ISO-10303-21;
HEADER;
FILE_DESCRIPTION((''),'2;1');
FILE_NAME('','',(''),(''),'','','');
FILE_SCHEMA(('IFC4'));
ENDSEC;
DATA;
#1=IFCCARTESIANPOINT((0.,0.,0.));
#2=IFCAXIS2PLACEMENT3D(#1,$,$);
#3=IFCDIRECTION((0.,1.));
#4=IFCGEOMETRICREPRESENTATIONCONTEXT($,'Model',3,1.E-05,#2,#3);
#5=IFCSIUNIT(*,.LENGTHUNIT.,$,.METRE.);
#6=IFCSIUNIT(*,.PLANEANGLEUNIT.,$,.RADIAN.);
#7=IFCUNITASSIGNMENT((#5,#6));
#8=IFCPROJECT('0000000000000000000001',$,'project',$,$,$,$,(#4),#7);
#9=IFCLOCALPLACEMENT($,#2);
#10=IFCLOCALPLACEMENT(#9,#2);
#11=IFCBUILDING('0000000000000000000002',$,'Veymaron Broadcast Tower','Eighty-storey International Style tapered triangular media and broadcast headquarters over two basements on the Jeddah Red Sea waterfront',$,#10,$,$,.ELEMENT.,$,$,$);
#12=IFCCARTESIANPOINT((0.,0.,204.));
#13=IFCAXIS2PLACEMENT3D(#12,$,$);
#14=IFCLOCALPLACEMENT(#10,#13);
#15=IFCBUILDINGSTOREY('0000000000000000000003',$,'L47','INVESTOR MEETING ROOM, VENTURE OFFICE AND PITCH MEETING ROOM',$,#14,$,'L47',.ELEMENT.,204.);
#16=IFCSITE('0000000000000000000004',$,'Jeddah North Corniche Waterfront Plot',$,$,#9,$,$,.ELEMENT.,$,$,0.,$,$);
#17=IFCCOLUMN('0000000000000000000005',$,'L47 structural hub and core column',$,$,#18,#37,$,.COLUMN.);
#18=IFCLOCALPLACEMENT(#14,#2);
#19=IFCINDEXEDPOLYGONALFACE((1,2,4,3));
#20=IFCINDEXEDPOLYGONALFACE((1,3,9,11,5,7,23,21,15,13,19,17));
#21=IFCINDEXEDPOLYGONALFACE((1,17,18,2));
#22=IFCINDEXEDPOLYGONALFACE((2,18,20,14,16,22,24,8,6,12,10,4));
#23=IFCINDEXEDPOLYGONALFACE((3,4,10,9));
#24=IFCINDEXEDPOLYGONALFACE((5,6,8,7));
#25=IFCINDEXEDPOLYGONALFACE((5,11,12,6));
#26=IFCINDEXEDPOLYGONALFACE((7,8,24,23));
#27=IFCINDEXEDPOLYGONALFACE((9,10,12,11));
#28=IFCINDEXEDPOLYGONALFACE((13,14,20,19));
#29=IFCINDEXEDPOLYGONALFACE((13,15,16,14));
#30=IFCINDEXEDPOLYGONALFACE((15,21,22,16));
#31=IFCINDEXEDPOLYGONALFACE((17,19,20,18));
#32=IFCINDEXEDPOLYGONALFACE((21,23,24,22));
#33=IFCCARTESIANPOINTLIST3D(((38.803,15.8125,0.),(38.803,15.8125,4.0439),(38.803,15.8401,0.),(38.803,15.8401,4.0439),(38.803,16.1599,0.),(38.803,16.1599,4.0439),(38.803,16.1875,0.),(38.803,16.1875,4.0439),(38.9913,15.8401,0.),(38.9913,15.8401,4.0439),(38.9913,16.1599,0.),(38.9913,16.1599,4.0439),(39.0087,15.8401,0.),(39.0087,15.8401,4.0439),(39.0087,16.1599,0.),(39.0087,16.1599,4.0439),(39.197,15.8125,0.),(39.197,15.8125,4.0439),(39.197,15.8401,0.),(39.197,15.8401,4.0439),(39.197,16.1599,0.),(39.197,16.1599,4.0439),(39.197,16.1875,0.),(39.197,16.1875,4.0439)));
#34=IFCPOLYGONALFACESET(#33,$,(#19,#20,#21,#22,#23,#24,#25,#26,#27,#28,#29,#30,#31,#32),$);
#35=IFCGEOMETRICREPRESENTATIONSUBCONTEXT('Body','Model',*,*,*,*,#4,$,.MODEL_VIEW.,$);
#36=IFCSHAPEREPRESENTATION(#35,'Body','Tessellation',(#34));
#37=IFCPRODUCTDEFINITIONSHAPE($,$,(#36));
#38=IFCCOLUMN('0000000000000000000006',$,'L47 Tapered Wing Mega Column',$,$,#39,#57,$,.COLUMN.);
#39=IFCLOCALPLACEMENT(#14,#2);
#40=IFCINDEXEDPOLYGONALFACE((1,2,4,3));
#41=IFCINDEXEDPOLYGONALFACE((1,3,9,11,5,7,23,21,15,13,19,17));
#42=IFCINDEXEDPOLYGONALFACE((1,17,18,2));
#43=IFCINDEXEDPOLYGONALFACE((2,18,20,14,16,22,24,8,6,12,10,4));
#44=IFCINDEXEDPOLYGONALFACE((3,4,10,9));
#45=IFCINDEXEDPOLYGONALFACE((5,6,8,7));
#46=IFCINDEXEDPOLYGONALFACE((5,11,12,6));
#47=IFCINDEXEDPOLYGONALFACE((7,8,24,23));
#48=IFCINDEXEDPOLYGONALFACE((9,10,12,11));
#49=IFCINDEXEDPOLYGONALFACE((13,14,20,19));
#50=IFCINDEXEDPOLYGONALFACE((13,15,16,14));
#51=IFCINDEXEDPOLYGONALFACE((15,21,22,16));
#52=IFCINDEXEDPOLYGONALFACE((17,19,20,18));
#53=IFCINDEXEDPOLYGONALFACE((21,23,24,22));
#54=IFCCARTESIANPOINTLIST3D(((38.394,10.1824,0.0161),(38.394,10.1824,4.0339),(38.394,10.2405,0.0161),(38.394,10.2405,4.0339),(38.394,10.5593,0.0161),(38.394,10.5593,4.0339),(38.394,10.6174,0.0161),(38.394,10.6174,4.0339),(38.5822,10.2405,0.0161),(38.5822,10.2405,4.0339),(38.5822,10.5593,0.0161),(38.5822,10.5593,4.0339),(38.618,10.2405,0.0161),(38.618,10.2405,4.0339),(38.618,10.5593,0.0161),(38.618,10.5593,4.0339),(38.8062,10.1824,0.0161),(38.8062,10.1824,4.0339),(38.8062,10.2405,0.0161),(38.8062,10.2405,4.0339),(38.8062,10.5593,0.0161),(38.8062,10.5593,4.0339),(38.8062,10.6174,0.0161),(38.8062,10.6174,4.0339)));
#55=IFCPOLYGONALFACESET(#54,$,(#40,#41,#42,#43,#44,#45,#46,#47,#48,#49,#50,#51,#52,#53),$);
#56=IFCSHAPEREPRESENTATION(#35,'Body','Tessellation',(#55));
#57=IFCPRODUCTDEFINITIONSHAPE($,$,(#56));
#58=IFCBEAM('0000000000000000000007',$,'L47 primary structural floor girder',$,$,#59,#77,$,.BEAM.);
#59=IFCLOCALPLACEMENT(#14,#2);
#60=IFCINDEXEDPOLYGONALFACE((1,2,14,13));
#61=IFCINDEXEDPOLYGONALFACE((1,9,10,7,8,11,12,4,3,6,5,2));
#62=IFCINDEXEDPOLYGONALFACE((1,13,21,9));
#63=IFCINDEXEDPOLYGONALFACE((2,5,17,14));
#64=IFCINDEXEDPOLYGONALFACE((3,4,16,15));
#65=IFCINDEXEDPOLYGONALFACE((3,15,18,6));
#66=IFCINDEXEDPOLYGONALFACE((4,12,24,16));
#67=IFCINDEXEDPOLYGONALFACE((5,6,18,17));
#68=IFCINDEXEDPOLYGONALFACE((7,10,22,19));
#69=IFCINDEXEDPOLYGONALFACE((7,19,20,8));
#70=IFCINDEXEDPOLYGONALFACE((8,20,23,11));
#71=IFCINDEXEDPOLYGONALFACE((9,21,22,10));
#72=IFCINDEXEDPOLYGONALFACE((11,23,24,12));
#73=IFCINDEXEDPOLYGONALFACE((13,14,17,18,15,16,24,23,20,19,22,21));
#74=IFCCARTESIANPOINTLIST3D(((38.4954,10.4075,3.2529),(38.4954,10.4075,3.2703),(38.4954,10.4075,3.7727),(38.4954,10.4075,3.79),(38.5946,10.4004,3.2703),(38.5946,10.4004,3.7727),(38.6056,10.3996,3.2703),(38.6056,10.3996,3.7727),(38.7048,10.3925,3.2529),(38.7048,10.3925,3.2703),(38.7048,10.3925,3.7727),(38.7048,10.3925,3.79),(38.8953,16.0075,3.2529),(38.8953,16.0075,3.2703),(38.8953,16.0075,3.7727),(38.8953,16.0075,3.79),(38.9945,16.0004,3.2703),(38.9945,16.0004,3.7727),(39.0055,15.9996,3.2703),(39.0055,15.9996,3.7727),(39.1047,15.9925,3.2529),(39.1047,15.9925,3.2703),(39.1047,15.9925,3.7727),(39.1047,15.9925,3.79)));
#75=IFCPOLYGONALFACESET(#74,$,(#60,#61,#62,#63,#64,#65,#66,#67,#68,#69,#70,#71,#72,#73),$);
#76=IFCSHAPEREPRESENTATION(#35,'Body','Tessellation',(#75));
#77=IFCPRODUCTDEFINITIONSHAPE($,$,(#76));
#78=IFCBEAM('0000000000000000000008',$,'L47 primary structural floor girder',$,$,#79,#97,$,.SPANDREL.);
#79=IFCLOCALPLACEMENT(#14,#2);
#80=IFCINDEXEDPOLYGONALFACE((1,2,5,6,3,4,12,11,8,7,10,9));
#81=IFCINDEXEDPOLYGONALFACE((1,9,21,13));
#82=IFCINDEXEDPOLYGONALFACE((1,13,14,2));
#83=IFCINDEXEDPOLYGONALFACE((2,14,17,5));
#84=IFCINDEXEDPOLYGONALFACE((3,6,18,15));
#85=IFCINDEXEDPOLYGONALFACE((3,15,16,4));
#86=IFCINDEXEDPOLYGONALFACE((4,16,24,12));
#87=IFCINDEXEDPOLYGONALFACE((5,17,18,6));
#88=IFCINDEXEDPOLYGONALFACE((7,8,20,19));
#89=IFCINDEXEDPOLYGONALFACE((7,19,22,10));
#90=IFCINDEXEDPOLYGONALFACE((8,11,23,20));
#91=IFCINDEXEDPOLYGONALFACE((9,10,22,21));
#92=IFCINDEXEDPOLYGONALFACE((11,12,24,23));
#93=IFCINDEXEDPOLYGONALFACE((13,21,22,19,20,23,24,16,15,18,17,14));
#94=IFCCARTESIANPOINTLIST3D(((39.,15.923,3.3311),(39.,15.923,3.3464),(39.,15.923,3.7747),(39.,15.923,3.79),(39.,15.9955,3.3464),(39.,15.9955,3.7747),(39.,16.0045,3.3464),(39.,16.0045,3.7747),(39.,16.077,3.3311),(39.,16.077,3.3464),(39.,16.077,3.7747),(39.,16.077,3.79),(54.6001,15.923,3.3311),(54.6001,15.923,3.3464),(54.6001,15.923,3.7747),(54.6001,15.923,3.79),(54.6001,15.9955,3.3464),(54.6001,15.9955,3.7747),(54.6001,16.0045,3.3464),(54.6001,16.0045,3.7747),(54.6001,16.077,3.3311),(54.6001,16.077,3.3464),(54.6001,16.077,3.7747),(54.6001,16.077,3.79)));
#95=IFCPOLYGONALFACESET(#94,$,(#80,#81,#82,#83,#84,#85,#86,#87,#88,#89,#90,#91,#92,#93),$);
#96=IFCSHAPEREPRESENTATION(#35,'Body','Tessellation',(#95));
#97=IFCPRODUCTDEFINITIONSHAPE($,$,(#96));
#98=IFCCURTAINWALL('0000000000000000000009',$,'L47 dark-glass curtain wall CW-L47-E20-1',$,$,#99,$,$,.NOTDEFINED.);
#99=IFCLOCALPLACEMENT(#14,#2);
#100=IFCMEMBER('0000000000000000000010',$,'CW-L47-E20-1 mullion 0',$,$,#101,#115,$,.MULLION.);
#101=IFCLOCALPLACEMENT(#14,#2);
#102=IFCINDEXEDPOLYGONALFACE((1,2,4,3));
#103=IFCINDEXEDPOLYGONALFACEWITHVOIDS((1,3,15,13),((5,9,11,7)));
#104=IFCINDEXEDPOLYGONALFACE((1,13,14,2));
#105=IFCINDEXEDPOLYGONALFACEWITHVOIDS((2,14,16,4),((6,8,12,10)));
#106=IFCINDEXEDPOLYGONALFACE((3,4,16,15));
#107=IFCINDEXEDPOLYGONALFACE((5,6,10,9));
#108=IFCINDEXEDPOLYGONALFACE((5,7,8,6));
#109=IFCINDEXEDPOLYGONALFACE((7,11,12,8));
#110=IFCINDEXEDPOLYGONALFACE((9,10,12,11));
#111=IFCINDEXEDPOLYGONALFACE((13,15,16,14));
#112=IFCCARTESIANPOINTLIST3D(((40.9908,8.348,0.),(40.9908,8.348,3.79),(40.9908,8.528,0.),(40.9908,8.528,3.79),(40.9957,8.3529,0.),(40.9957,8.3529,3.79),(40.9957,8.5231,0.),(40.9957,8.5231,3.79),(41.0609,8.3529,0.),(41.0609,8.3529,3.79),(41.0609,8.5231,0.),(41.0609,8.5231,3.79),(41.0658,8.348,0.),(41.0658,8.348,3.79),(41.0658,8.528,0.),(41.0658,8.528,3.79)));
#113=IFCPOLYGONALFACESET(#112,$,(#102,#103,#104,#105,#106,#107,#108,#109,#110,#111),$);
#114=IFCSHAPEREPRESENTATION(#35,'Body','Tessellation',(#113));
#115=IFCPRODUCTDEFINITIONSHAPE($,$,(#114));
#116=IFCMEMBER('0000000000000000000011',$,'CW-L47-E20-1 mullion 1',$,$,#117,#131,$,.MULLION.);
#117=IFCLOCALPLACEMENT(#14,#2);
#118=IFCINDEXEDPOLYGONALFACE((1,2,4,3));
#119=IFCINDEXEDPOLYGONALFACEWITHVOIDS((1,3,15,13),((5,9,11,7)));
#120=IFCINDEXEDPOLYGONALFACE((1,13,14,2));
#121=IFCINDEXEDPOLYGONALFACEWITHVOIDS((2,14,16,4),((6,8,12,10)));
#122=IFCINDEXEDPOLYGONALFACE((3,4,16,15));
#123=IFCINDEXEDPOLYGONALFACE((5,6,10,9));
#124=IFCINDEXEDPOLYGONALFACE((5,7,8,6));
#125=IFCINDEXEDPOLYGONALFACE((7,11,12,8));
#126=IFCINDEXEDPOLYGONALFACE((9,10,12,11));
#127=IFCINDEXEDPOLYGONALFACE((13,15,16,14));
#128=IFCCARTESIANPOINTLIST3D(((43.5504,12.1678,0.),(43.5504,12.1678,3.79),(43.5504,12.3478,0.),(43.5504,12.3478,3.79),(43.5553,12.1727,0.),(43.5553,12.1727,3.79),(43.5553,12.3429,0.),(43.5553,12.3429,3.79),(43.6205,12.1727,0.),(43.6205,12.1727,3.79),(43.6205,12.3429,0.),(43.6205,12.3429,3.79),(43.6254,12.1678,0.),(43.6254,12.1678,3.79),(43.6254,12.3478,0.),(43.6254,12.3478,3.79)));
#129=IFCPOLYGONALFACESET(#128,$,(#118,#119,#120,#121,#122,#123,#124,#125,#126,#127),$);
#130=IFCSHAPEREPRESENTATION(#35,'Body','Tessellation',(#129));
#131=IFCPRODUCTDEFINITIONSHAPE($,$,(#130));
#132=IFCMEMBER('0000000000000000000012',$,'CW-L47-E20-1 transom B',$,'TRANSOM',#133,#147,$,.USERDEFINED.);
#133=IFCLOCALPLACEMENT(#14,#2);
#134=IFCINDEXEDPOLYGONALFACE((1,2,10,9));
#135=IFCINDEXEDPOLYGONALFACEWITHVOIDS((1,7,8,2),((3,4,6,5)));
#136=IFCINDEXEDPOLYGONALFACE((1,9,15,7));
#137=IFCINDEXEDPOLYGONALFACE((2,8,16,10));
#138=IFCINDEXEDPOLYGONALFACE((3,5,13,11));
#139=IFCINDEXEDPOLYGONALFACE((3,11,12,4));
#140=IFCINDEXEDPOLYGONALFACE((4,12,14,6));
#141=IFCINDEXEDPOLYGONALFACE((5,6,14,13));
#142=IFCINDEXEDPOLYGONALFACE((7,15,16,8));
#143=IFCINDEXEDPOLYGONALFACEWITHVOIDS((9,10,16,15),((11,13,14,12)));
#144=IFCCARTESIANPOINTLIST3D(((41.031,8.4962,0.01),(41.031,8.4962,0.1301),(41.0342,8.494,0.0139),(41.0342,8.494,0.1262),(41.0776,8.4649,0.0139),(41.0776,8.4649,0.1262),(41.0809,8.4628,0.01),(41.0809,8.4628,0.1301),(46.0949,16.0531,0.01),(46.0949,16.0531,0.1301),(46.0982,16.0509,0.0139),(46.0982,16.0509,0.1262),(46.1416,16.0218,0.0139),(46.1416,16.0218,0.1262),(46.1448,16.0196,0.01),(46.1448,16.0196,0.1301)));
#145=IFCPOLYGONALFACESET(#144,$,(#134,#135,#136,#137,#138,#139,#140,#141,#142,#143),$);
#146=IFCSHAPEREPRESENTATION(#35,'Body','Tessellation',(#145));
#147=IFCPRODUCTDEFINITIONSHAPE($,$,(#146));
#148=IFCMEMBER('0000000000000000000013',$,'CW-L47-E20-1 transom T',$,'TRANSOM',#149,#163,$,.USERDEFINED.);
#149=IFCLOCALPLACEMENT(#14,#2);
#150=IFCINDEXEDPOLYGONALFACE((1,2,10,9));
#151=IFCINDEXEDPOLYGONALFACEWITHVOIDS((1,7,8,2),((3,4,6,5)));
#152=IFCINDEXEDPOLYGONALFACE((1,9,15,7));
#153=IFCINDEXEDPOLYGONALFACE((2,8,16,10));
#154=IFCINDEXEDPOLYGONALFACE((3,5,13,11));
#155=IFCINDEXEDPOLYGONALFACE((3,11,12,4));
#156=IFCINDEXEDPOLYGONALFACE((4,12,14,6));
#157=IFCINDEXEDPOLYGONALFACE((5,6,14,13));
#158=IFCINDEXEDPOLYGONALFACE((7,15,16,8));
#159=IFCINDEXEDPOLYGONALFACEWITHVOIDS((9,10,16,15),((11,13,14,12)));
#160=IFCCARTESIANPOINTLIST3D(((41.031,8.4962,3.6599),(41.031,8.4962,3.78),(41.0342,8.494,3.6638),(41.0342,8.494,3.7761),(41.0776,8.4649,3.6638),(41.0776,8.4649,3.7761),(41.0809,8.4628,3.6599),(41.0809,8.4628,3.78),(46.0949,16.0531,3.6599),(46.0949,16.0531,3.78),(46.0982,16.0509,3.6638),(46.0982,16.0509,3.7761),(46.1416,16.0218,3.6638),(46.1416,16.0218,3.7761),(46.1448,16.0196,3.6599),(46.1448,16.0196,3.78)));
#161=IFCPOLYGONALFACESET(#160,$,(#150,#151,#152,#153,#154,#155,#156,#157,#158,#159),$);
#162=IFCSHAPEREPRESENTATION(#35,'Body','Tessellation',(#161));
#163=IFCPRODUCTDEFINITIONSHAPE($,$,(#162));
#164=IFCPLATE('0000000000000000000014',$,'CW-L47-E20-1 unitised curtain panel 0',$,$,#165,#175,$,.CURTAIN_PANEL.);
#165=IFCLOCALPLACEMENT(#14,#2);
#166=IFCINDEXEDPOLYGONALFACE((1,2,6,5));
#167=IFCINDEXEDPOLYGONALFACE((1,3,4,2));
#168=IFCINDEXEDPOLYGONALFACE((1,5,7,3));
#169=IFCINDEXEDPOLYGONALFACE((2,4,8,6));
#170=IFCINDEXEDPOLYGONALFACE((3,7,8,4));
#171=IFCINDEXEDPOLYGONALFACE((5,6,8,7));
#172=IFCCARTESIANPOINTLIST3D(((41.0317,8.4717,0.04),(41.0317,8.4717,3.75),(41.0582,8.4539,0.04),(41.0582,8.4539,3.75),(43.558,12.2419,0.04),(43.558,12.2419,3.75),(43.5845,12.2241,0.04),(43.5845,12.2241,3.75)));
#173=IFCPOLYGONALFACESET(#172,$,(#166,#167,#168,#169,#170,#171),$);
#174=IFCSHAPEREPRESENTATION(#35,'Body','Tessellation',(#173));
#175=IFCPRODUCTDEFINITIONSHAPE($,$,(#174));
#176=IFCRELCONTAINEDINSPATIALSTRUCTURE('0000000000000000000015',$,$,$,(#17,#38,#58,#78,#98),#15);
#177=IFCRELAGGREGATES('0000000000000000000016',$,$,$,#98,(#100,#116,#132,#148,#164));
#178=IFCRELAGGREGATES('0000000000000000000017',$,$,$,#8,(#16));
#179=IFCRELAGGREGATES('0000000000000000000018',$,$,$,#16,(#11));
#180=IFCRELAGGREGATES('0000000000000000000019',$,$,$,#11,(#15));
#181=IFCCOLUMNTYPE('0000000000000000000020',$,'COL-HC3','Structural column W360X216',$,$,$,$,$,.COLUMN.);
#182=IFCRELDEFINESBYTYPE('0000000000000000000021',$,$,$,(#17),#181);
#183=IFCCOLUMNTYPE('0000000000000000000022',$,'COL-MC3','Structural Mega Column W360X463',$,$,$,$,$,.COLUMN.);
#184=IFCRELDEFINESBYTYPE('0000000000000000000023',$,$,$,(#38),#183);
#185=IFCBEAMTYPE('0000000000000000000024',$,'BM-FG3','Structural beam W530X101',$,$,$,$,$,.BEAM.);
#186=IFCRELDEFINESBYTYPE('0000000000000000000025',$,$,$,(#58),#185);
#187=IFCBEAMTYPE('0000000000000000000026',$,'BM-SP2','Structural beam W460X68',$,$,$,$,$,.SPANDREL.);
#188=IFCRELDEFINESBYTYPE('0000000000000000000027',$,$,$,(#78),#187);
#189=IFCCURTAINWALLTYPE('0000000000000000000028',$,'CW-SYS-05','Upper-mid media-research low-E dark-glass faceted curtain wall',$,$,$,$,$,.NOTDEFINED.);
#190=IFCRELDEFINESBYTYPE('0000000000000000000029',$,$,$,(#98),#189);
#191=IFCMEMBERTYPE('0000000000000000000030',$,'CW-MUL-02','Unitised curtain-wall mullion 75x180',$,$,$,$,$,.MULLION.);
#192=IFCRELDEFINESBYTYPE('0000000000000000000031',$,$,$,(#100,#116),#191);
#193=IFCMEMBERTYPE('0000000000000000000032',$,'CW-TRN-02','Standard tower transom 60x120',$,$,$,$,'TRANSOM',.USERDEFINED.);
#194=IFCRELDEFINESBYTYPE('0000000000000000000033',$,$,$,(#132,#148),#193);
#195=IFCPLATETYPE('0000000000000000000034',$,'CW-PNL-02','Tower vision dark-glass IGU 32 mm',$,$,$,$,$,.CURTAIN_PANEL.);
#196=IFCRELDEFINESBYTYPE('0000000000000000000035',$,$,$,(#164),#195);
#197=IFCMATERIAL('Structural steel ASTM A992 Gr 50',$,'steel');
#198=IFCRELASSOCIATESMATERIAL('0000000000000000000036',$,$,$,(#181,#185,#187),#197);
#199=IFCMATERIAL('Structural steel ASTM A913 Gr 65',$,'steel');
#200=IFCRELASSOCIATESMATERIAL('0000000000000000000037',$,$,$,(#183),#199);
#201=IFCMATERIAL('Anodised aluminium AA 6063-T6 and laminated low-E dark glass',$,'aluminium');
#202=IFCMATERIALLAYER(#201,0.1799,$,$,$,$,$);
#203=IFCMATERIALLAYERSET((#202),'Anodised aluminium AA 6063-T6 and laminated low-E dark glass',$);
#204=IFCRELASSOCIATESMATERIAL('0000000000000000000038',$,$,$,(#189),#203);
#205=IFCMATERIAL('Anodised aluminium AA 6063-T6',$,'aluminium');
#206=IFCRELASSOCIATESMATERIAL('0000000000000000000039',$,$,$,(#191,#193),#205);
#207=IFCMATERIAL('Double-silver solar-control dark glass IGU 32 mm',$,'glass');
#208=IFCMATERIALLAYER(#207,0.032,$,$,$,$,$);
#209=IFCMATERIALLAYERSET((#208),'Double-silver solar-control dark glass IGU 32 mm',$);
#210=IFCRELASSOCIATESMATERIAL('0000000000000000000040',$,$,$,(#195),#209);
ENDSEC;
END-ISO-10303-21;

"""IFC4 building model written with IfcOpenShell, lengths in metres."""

from ifc_helpers import new_model, si_unit, direction, frame, origin, origin_2d, place, context, subcontext, project, spatial, rectangle, hollow_rectangle, i_section, extrude, material, layer, layer_set, material_profile, profile_set, type_object, element, aggregate, save


model = new_model("IFC4")

# Units and contexts
model_context = context("Model", 3, precision=1e-05, world=origin(), true_north=direction((0.0, 1.0)))
body_context = subcontext(model_context, "Body", "Model", "MODEL_VIEW")
ifc_project = project(units=[si_unit("LENGTHUNIT", "METRE"), si_unit("PLANEANGLEUNIT", "RADIAN")], contexts=[model_context])

# Site, building, storey
site_placement = place(None, origin())
site = spatial("IfcSite", under=ifc_project, at=site_placement, Name="Jeddah North Corniche Waterfront Plot", CompositionType="ELEMENT", RefElevation=0.0)
building_placement = place(site_placement, origin())
building = spatial("IfcBuilding", under=site, at=building_placement, Name="Veymaron Broadcast Tower", Description="Eighty-storey International Style tapered triangular media and broadcast headquarters over two basements on the Jeddah Red Sea waterfront", CompositionType="ELEMENT")
storey_placement = place(building_placement, frame((0.0, 0.0, 204.0)))
storey = spatial("IfcBuildingStorey", under=building, at=storey_placement, Name="L47", Description="INVESTOR MEETING ROOM, VENTURE OFFICE AND PITCH MEETING ROOM", LongName="L47", CompositionType="ELEMENT", Elevation=204.0)

# Columns
ifc_material_1 = material(Name="Structural steel ASTM A992 Gr 50", Category="steel")
ifc_material_profile_1 = material_profile(ifc_material_1, i_section(OverallWidth=0.394, OverallDepth=0.375, WebThickness=0.0173, FlangeThickness=0.0276, at=origin_2d()), Name="W360X216")
ifc_profile_set_1 = profile_set([ifc_material_profile_1], Name="Structural steel ASTM A992 Gr 50")
column_type_1 = type_object("IfcColumnType", Name="COL-HC3", Description="Structural column W360X216", PredefinedType="COLUMN", material=ifc_profile_set_1)
column_1_placement = place(storey_placement, frame((39.0, 16.0, 0.0), z_axis=(0.0, 0.0, 1.0), x_axis=(1.0, 0.0, 0.0)))
element("IfcColumn", 1, at=column_1_placement, inside=storey, type_object=column_type_1, Name="L47 structural hub and core column", PredefinedType="COLUMN", context=body_context, shape_type="SweptSolid", body=[
    extrude(i_section(OverallWidth=0.394, OverallDepth=0.375, WebThickness=0.0173, FlangeThickness=0.0276, at=origin_2d()), origin(), (0.0, 0.0, 1.0), 4.0439),
])
ifc_material_2 = material(Name="Structural steel ASTM A913 Gr 65", Category="steel")
ifc_material_profile_2 = material_profile(ifc_material_2, i_section(OverallWidth=0.4121, OverallDepth=0.4351, WebThickness=0.0359, FlangeThickness=0.0581, at=origin_2d()), Name="W360X463")
ifc_profile_set_2 = profile_set([ifc_material_profile_2], Name="Structural steel ASTM A913 Gr 65")
column_type_2 = type_object("IfcColumnType", Name="COL-MC3", Description="Structural Mega Column W360X463", PredefinedType="COLUMN", material=ifc_profile_set_2)
column_2_placement = place(storey_placement, frame((38.6001, 10.3999, 0.0161), z_axis=(0.0, 0.0, 1.0), x_axis=(1.0, 0.0, 0.0)))
element("IfcColumn", 2, at=column_2_placement, inside=storey, type_object=column_type_2, Name="L47 Tapered Wing Mega Column", PredefinedType="COLUMN", context=body_context, shape_type="SweptSolid", body=[
    extrude(i_section(OverallWidth=0.4121, OverallDepth=0.4351, WebThickness=0.0359, FlangeThickness=0.0581, at=origin_2d()), origin(), (0.0, 0.0, 1.0), 4.0178),
])

# Beams
ifc_material_profile_3 = material_profile(ifc_material_1, i_section(OverallWidth=0.21, OverallDepth=0.5371, WebThickness=0.011, FlangeThickness=0.0173, at=origin_2d()), Name="W530X101")
ifc_profile_set_3 = profile_set([ifc_material_profile_3], Name="Structural steel ASTM A992 Gr 50")
beam_type_1 = type_object("IfcBeamType", Name="BM-FG3", Description="Structural beam W530X101", PredefinedType="BEAM", material=ifc_profile_set_3)
beam_1_placement = place(storey_placement, frame((39.0, 16.0, 3.5215), z_axis=(-0.071229, -0.99746, 0.0), x_axis=(0.99746, -0.071229, 0.0)))
element("IfcBeam", 3, at=beam_1_placement, inside=storey, type_object=beam_type_1, Name="L47 primary structural floor girder", PredefinedType="BEAM", context=body_context, shape_type="SweptSolid", body=[
    extrude(i_section(OverallWidth=0.21, OverallDepth=0.5371, WebThickness=0.011, FlangeThickness=0.0173, at=origin_2d()), origin(), (0.0, 0.0, 1.0), 5.6143),
])
ifc_material_profile_4 = material_profile(ifc_material_1, i_section(OverallWidth=0.1541, OverallDepth=0.459, WebThickness=0.009, FlangeThickness=0.0154, at=origin_2d()), Name="W460X68")
ifc_profile_set_4 = profile_set([ifc_material_profile_4], Name="Structural steel ASTM A992 Gr 50")
beam_type_2 = type_object("IfcBeamType", Name="BM-SP2", Description="Structural beam W460X68", PredefinedType="SPANDREL", material=ifc_profile_set_4)
beam_2_placement = place(storey_placement, frame((39.0, 16.0, 3.5605), z_axis=(1.0, 0.0, 0.0), x_axis=(0.0, 1.0, 0.0)))
element("IfcBeam", 4, at=beam_2_placement, inside=storey, type_object=beam_type_2, Name="L47 primary structural floor girder", PredefinedType="SPANDREL", context=body_context, shape_type="SweptSolid", body=[
    extrude(i_section(OverallWidth=0.1541, OverallDepth=0.459, WebThickness=0.009, FlangeThickness=0.0154, at=origin_2d()), origin(), (0.0, 0.0, 1.0), 15.6001),
])

# Curtain wall, members, plate
ifc_material_3 = material(Name="Anodised aluminium AA 6063-T6 and laminated low-E dark glass", Category="aluminium")
ifc_layer_1 = layer(ifc_material_3, 0.1799)
ifc_layer_set_1 = layer_set([ifc_layer_1], Name="Anodised aluminium AA 6063-T6 and laminated low-E dark glass")
curtain_wall_type = type_object("IfcCurtainWallType", Name="CW-SYS-05", Description="Upper-mid media-research low-E dark-glass faceted curtain wall", PredefinedType="NOTDEFINED", material=ifc_layer_set_1)
curtain_wall_placement = place(storey_placement, origin())
curtain_wall = element("IfcCurtainWall", 5, at=curtain_wall_placement, inside=storey, type_object=curtain_wall_type, Name="L47 dark-glass curtain wall CW-L47-E20-1", PredefinedType="NOTDEFINED")
ifc_material_4 = material(Name="Anodised aluminium AA 6063-T6", Category="aluminium")
ifc_material_profile_5 = material_profile(ifc_material_4, hollow_rectangle(XDim=0.075, YDim=0.1799, WallThickness=0.0049, at=origin_2d()), Name="AL180X75X5")
ifc_profile_set_5 = profile_set([ifc_material_profile_5], Name="Anodised aluminium AA 6063-T6")
member_type_1 = type_object("IfcMemberType", Name="CW-MUL-02", Description="Unitised curtain-wall mullion 75x180", PredefinedType="MULLION", material=ifc_profile_set_5)
member_1_placement = place(storey_placement, frame((41.0283, 8.438, 0.0), z_axis=(0.0, 0.0, 1.0), x_axis=(1.0, 0.0, 0.0)))
member_1 = element("IfcMember", 6, at=member_1_placement, type_object=member_type_1, Name="CW-L47-E20-1 mullion 0", PredefinedType="MULLION", context=body_context, shape_type="SweptSolid", body=[
    extrude(hollow_rectangle(XDim=0.075, YDim=0.1799, WallThickness=0.0049, at=origin_2d()), origin(), (0.0, 0.0, 1.0), 3.79),
])
member_2_placement = place(storey_placement, frame((43.5879, 12.2578, 0.0), z_axis=(0.0, 0.0, 1.0), x_axis=(1.0, 0.0, 0.0)))
member_2 = element("IfcMember", 7, at=member_2_placement, type_object=member_type_1, Name="CW-L47-E20-1 mullion 1", PredefinedType="MULLION", context=body_context, shape_type="SweptSolid", body=[
    extrude(hollow_rectangle(XDim=0.075, YDim=0.1799, WallThickness=0.0049, at=origin_2d()), origin(), (0.0, 0.0, 1.0), 3.79),
])
ifc_material_profile_6 = material_profile(ifc_material_4, hollow_rectangle(XDim=0.0601, YDim=0.1201, WallThickness=0.0039, at=origin_2d()), Name="AL120X60X4")
ifc_profile_set_6 = profile_set([ifc_material_profile_6], Name="Anodised aluminium AA 6063-T6")
member_type_2 = type_object("IfcMemberType", Name="CW-TRN-02", Description="Standard tower transom 60x120", ElementType="TRANSOM", PredefinedType="USERDEFINED", material=ifc_profile_set_6)
member_3_placement = place(storey_placement, frame((41.0559, 8.4795, 0.0701), z_axis=(0.556681, 0.830727, 0.0), x_axis=(-0.830727, 0.556681, 0.0)))
member_3 = element("IfcMember", 8, at=member_3_placement, type_object=member_type_2, Name="CW-L47-E20-1 transom B", ObjectType="TRANSOM", PredefinedType="USERDEFINED", context=body_context, shape_type="SweptSolid", body=[
    extrude(hollow_rectangle(XDim=0.0601, YDim=0.1201, WallThickness=0.0039, at=origin_2d()), origin(), (0.0, 0.0, 1.0), 9.0967),
])
member_4_placement = place(storey_placement, frame((41.0559, 8.4795, 3.72), z_axis=(0.556681, 0.830727, 0.0), x_axis=(-0.830727, 0.556681, 0.0)))
member_4 = element("IfcMember", 9, at=member_4_placement, type_object=member_type_2, Name="CW-L47-E20-1 transom T", ObjectType="TRANSOM", PredefinedType="USERDEFINED", context=body_context, shape_type="SweptSolid", body=[
    extrude(hollow_rectangle(XDim=0.0601, YDim=0.1201, WallThickness=0.0039, at=origin_2d()), origin(), (0.0, 0.0, 1.0), 9.0967),
])
ifc_material_5 = material(Name="Double-silver solar-control dark glass IGU 32 mm", Category="glass")
ifc_layer_2 = layer(ifc_material_5, 0.032)
ifc_layer_set_2 = layer_set([ifc_layer_2], Name="Double-silver solar-control dark glass IGU 32 mm")
plate_type = type_object("IfcPlateType", Name="CW-PNL-02", Description="Tower vision dark-glass IGU 32 mm", PredefinedType="CURTAIN_PANEL", material=ifc_layer_set_2)
plate_1_placement = place(storey_placement, frame((42.3081, 10.3479, 0.04), z_axis=(0.0, 0.0, 1.0), x_axis=(0.556658, 0.830742, 0.0)))
plate_1 = element("IfcPlate", 10, at=plate_1_placement, type_object=plate_type, Name="CW-L47-E20-1 unitised curtain panel 0", PredefinedType="CURTAIN_PANEL", context=body_context, shape_type="SweptSolid", body=[
    extrude(rectangle(XDim=4.5383, YDim=0.032, at=origin_2d()), origin(), (0.0, 0.0, 1.0), 3.71),
])
aggregate(curtain_wall, [member_1, member_2, member_3, member_4, plate_1])

save(model, "model.ifc")
